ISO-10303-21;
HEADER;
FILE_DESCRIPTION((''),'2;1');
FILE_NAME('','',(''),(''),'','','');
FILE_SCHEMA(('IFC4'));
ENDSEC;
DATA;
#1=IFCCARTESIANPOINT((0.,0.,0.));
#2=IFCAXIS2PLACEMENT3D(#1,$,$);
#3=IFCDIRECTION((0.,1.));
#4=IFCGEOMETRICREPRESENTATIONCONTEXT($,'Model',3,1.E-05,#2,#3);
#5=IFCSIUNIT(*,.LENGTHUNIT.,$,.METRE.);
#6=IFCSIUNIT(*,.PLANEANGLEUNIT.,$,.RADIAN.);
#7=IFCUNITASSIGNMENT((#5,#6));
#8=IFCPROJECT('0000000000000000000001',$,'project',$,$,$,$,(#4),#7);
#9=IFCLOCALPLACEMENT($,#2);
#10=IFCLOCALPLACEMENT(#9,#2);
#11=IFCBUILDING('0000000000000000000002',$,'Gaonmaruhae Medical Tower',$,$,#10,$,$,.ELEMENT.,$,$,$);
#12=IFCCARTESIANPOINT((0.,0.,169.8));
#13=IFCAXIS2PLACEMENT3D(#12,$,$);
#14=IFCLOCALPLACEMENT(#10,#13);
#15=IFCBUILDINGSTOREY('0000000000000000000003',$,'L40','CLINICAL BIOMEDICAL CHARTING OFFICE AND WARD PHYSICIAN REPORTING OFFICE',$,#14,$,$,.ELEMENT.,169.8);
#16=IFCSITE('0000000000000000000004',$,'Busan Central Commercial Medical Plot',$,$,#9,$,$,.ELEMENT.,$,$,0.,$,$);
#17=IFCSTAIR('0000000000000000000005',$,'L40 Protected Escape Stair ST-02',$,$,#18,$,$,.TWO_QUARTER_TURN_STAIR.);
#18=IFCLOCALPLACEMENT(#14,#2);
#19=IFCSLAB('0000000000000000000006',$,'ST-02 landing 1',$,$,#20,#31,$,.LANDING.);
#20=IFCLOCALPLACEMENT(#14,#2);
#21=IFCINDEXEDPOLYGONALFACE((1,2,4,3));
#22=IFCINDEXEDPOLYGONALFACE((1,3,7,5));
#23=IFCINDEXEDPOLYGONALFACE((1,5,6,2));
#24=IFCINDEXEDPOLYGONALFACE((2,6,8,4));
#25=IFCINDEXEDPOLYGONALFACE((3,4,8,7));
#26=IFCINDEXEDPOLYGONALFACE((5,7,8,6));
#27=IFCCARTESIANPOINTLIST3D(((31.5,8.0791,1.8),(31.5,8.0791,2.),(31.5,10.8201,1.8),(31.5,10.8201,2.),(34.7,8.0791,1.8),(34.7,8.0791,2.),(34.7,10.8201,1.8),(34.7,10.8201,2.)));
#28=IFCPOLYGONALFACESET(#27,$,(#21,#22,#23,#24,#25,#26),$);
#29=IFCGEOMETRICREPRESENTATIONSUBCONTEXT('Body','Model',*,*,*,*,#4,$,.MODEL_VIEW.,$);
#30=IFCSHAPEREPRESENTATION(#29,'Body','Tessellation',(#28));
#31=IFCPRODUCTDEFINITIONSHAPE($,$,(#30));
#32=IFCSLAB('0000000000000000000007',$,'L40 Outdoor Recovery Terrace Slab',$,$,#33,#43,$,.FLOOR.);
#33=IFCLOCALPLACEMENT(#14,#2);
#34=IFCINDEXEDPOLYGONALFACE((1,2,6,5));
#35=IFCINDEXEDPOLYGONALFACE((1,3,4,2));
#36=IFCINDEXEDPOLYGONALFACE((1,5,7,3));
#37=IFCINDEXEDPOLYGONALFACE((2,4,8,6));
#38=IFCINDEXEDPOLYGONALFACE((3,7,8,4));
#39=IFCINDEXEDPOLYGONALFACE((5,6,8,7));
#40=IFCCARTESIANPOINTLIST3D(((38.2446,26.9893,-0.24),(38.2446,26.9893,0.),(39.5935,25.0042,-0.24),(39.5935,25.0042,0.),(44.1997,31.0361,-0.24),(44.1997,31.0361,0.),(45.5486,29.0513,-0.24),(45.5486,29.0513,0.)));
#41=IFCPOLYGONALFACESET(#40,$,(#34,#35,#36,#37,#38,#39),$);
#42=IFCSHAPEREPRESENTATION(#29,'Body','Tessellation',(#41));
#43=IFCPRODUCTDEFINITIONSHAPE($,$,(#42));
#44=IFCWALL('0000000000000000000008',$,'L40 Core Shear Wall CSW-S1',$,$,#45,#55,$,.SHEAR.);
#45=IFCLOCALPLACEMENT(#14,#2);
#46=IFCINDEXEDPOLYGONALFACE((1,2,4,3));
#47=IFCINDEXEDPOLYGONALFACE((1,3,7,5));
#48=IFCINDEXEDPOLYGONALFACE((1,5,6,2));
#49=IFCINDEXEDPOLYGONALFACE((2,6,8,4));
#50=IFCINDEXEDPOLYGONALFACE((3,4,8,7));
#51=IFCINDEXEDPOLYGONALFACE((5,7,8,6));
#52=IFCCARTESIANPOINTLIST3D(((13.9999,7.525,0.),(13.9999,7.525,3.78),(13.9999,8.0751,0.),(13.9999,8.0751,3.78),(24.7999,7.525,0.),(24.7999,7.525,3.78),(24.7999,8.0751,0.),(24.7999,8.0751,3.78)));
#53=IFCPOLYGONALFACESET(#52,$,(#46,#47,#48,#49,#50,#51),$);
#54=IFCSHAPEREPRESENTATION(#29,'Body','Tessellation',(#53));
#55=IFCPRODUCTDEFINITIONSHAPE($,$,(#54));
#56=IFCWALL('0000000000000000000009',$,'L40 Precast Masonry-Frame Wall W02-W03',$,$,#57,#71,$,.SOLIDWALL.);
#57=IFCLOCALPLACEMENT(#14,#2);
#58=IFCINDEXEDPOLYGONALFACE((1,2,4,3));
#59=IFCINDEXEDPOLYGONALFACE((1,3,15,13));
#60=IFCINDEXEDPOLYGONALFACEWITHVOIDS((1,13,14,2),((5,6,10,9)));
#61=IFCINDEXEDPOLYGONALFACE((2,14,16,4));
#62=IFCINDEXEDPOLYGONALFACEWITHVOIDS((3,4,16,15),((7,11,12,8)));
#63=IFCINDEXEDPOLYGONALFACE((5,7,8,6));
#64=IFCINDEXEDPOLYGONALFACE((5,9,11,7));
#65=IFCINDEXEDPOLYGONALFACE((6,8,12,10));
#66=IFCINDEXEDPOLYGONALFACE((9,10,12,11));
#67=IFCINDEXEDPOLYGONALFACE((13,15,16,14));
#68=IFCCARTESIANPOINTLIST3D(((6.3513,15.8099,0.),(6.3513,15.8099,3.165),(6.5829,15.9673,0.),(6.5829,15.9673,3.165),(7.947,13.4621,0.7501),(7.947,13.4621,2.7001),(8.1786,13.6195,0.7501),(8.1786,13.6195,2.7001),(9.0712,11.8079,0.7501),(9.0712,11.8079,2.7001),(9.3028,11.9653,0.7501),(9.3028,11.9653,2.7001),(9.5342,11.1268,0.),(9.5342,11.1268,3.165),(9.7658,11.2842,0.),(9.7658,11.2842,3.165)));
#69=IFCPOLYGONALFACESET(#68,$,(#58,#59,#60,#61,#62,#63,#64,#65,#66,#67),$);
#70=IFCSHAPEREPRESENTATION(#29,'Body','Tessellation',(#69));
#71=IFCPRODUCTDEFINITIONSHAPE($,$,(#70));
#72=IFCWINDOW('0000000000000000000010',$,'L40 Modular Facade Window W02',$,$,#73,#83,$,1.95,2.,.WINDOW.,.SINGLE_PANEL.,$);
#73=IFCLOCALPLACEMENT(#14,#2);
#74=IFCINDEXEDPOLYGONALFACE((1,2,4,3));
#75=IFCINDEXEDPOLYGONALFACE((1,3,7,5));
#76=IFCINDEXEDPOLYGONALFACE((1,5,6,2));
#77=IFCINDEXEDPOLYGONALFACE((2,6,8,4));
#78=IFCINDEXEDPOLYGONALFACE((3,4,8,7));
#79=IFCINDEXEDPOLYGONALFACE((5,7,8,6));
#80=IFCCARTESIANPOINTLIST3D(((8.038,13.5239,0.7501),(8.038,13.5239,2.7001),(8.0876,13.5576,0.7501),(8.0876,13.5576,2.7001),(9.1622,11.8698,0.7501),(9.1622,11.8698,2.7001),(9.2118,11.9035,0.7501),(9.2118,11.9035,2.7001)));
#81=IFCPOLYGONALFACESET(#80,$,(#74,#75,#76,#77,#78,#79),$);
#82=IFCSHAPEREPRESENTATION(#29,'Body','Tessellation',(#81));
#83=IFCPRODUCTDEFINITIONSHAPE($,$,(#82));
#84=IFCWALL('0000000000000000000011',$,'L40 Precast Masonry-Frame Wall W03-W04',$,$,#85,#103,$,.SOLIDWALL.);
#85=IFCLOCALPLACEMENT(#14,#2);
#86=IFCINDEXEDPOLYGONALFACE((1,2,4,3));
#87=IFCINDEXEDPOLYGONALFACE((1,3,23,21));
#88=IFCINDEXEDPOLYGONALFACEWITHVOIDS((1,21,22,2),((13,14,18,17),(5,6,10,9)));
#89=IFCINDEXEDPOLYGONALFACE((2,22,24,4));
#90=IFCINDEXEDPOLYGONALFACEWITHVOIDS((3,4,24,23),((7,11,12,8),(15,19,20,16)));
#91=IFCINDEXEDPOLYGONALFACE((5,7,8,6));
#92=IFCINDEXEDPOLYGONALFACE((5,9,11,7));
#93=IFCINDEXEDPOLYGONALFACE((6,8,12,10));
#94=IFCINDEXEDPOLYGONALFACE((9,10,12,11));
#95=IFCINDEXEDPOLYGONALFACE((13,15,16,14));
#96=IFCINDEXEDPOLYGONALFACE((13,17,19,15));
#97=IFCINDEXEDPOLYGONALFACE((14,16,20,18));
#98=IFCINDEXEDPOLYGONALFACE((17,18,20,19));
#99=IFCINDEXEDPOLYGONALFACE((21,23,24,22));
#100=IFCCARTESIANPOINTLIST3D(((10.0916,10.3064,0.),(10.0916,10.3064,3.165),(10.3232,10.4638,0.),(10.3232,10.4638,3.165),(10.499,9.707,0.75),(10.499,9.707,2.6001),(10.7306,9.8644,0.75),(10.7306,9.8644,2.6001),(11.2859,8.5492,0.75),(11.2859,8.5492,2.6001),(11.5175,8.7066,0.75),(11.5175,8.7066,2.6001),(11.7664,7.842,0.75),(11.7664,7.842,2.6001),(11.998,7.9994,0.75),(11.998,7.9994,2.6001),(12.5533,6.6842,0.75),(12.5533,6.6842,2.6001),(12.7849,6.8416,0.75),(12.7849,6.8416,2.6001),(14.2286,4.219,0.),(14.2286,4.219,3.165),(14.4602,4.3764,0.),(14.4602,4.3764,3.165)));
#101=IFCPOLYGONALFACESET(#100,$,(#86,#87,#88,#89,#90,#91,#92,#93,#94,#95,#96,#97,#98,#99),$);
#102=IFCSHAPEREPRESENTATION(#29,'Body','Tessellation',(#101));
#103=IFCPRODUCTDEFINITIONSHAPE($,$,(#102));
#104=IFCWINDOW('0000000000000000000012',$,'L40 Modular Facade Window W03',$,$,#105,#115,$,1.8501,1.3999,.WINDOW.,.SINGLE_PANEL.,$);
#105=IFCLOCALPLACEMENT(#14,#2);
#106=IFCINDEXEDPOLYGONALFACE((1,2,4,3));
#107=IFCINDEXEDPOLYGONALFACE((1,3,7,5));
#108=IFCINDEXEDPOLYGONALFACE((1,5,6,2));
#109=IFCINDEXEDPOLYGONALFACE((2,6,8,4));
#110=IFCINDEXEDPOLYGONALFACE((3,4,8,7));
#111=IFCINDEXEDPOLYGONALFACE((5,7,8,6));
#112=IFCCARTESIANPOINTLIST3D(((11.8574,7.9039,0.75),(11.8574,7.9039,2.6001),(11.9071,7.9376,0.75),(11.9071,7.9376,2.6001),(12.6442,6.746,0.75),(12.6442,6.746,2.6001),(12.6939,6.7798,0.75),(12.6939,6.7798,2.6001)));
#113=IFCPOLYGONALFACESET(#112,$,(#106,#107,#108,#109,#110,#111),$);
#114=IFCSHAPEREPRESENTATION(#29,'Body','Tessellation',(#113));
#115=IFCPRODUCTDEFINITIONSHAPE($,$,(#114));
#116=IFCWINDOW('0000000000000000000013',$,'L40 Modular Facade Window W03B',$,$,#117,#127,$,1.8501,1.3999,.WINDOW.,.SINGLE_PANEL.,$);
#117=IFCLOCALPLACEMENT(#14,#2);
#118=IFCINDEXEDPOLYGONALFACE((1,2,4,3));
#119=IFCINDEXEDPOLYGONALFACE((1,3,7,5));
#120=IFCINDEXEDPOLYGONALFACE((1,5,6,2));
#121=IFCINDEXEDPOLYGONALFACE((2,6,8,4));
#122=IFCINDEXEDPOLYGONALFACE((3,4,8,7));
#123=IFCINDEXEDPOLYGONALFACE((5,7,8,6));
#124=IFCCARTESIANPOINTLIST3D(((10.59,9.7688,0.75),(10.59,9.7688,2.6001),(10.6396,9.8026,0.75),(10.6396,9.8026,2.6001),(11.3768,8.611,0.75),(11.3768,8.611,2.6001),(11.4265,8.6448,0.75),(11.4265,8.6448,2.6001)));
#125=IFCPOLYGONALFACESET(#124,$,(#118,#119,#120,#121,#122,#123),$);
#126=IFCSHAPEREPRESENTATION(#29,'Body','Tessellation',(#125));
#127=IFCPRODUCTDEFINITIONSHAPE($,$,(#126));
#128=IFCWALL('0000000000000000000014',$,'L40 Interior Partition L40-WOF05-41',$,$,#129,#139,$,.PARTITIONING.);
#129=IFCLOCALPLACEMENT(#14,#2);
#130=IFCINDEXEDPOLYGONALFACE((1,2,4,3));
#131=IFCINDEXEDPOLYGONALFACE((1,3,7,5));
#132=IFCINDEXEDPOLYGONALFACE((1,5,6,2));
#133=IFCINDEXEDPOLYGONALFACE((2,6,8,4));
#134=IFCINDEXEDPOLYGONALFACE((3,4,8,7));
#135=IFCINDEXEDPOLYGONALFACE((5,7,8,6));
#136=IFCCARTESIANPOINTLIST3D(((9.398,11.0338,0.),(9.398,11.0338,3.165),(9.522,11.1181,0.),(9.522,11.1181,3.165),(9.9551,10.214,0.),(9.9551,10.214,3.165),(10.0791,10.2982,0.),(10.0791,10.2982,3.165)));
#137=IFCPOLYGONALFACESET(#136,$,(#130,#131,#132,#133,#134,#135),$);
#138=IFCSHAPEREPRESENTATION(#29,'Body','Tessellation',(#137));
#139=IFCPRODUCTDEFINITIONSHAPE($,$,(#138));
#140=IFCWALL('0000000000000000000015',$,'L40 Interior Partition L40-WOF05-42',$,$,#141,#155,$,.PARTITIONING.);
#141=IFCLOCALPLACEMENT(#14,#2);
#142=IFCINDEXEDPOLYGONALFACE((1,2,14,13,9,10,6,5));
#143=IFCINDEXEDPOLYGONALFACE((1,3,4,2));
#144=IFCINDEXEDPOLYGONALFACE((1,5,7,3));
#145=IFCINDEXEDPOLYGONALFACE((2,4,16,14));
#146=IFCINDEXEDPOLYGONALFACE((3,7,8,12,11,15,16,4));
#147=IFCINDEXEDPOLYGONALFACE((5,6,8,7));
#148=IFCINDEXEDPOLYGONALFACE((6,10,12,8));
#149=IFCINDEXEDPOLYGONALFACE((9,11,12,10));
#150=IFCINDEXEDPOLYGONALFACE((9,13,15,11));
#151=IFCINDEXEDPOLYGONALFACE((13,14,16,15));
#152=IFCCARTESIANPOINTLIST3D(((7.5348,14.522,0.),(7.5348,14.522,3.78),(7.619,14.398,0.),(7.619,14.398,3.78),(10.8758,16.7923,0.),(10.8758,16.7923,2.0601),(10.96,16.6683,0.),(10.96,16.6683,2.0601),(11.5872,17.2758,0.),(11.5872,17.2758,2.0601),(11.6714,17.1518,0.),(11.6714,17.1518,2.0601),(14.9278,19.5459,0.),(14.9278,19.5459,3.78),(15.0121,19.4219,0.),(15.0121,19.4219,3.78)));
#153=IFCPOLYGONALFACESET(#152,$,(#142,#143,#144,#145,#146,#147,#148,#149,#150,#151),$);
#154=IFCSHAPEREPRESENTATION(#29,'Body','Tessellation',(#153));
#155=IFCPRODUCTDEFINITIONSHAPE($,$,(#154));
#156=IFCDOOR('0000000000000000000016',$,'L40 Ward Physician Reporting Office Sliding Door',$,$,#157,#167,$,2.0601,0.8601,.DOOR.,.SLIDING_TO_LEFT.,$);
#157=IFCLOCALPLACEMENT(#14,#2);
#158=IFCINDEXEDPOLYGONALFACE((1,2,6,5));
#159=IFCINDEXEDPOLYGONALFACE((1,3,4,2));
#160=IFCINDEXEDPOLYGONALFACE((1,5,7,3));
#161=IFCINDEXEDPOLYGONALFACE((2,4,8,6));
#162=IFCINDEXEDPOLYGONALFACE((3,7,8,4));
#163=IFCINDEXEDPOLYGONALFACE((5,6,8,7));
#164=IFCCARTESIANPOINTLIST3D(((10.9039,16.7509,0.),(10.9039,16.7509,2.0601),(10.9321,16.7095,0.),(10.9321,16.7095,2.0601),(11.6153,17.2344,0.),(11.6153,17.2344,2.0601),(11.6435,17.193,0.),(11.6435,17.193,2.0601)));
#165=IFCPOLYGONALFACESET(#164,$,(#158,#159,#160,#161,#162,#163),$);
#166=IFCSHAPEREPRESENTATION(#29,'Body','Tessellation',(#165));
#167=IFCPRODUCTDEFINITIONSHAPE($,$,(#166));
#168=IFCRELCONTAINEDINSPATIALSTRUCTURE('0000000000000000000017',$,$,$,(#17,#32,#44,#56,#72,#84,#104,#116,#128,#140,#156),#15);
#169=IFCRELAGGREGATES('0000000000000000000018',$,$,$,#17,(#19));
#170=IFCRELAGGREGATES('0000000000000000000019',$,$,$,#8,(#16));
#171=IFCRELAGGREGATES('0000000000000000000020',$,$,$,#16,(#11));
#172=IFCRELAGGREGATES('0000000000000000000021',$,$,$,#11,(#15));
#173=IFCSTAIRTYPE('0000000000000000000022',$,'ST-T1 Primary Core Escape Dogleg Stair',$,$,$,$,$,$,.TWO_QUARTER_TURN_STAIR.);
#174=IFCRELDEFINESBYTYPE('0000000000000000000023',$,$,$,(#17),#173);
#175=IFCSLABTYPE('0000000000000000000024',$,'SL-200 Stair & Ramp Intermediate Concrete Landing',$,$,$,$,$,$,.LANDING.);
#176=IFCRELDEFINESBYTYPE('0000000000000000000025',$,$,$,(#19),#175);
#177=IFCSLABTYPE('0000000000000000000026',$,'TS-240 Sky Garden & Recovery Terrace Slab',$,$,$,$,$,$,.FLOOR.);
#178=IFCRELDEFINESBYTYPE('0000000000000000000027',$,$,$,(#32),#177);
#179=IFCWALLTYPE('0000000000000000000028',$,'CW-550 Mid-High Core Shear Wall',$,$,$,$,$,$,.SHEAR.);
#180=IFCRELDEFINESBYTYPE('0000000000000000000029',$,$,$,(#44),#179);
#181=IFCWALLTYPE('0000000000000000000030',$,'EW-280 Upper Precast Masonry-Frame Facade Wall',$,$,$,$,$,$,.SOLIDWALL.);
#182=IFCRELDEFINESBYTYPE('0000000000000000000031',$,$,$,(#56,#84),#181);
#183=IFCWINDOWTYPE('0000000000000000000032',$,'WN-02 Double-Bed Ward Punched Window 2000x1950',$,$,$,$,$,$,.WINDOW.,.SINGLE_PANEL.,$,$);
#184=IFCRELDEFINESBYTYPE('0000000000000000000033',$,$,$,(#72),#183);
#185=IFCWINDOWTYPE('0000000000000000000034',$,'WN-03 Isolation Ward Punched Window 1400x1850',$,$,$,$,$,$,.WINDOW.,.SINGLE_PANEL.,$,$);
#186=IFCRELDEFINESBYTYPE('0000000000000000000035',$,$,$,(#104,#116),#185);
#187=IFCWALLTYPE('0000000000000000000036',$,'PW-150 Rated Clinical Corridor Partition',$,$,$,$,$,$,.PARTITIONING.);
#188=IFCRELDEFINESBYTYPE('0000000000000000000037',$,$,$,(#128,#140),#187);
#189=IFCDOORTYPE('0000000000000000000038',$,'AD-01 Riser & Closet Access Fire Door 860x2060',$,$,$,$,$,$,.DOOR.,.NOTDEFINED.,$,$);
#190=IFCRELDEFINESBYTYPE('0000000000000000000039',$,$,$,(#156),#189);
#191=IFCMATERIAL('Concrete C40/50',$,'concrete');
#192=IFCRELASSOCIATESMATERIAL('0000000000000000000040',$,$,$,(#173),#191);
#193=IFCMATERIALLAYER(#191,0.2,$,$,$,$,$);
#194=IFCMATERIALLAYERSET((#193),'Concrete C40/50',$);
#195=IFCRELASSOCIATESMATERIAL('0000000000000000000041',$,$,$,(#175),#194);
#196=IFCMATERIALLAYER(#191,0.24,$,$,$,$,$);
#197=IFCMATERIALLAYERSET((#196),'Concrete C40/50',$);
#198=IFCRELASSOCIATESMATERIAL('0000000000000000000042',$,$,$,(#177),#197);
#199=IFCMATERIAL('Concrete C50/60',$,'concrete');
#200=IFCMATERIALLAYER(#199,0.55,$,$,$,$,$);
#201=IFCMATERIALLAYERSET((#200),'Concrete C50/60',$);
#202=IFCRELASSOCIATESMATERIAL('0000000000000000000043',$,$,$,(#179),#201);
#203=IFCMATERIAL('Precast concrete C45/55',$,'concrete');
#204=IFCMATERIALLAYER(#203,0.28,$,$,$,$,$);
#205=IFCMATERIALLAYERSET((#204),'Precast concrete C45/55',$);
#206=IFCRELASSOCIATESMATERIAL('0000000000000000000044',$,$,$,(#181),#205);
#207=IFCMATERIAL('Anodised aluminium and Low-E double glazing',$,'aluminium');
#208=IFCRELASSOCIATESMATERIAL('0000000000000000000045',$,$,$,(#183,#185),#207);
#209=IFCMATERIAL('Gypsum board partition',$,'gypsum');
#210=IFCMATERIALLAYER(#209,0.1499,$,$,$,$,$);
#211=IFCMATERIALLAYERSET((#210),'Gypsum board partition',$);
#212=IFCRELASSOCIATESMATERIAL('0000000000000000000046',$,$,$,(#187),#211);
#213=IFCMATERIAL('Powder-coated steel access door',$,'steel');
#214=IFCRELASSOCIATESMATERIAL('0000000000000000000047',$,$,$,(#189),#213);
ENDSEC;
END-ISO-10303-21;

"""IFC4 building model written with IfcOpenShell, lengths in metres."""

from ifc_helpers import new_model, si_unit, direction, frame, frame_2d, origin, place, context, subcontext, project, spatial, polyline, rectangle, outline, extrude, material, layer, layer_set, type_object, element, fill, aggregate, save


model = new_model("IFC4")

# Units and contexts
model_context = context("Model", 3, precision=1e-05, world=origin(), true_north=direction((0.0, 1.0)))
body_context = subcontext(model_context, "Body", "Model", "MODEL_VIEW")
ifc_project = project(units=[si_unit("LENGTHUNIT", "METRE"), si_unit("PLANEANGLEUNIT", "RADIAN")], contexts=[model_context])

# Site, building, storey
site_placement = place(None, origin())
site = spatial("IfcSite", under=ifc_project, at=site_placement, Name="Busan Central Commercial Medical Plot", CompositionType="ELEMENT", RefElevation=0.0)
building_placement = place(site_placement, origin())
building = spatial("IfcBuilding", under=site, at=building_placement, Name="Gaonmaruhae Medical Tower", CompositionType="ELEMENT")
storey_placement = place(building_placement, frame((0.0, 0.0, 169.8)))
storey = spatial("IfcBuildingStorey", under=building, at=storey_placement, Name="L40", Description="CLINICAL BIOMEDICAL CHARTING OFFICE AND WARD PHYSICIAN REPORTING OFFICE", CompositionType="ELEMENT", Elevation=169.8)

# Shared definitions
ifc_material_1 = material(Name="Concrete C50/60", Category="concrete")

# Shared definitions
ifc_material_2 = material(Name="Concrete C40/50", Category="concrete")

# Stair, slab
stair_type = type_object("IfcStairType", Name="ST-T1 Primary Core Escape Dogleg Stair", PredefinedType="TWO_QUARTER_TURN_STAIR", material=ifc_material_2)
ifc_layer_1 = layer(ifc_material_2, 0.2)
ifc_layer_set_1 = layer_set([ifc_layer_1], Name="Concrete C40/50")
slab_type_1 = type_object("IfcSlabType", Name="SL-200 Stair & Ramp Intermediate Concrete Landing", PredefinedType="LANDING", material=ifc_layer_set_1)
stair_1_placement = place(storey_placement, origin())
stair_1 = element("IfcStair", 1, at=stair_1_placement, inside=storey, type_object=stair_type, Name="L40 Protected Escape Stair ST-02", PredefinedType="TWO_QUARTER_TURN_STAIR")
slab_1_placement = place(storey_placement, frame((0.0, 0.0, 1.8)))
slab_1 = element("IfcSlab", 2, at=slab_1_placement, type_object=slab_type_1, Name="ST-02 landing 1", PredefinedType="LANDING", context=body_context, shape_type="SweptSolid", body=[
    extrude(outline(polyline([(31.5, 10.8201), (31.5, 8.0791), (34.7, 8.0791), (34.7, 10.8201), (31.5, 10.8201)])), origin(), (0.0, 0.0, 1.0), 0.2),
])
aggregate(stair_1, [slab_1])

# Slab
ifc_layer_2 = layer(ifc_material_2, 0.24)
ifc_layer_set_2 = layer_set([ifc_layer_2], Name="Concrete C40/50")
slab_type_2 = type_object("IfcSlabType", Name="TS-240 Sky Garden & Recovery Terrace Slab", PredefinedType="FLOOR", material=ifc_layer_set_2)
slab_2_placement = place(storey_placement, frame((0.0, 0.0, -0.24)))
element("IfcSlab", 3, at=slab_2_placement, inside=storey, type_object=slab_type_2, Name="L40 Outdoor Recovery Terrace Slab", PredefinedType="FLOOR", context=body_context, shape_type="SweptSolid", body=[
    extrude(outline(polyline([(39.5935, 25.0042), (45.5486, 29.0513), (44.1997, 31.0361), (38.2446, 26.9893), (39.5935, 25.0042)])), origin(), (0.0, 0.0, 1.0), 0.24),
])

# Wall
ifc_layer_3 = layer(ifc_material_1, 0.55)
ifc_layer_set_3 = layer_set([ifc_layer_3], Name="Concrete C50/60")
wall_type_1 = type_object("IfcWallType", Name="CW-550 Mid-High Core Shear Wall", PredefinedType="SHEAR", material=ifc_layer_set_3)
wall_1_placement = place(storey_placement, frame((14.0, 7.8, 0.0), z_axis=(0.0, 0.0, 1.0), x_axis=(1.0, 0.0, 0.0)))
element("IfcWall", 4, at=wall_1_placement, inside=storey, type_object=wall_type_1, Name="L40 Core Shear Wall CSW-S1", PredefinedType="SHEAR", context=body_context, shape_type="SweptSolid", body=[
    extrude(rectangle(XDim=10.8, YDim=0.55, at=frame_2d((5.3999, 0.0))), origin(), (0.0, 0.0, 1.0), 3.78),
])

# Wall, opening, window
ifc_material_3 = material(Name="Precast concrete C45/55", Category="concrete")
ifc_layer_4 = layer(ifc_material_3, 0.28)
ifc_layer_set_4 = layer_set([ifc_layer_4], Name="Precast concrete C45/55")
wall_type_2 = type_object("IfcWallType", Name="EW-280 Upper Precast Masonry-Frame Facade Wall", PredefinedType="SOLIDWALL", material=ifc_layer_set_4)
wall_2_placement = place(storey_placement, frame((9.6499, 11.2056, 0.0), z_axis=(0.0, 0.0, 1.0), x_axis=(-0.562111, 0.827062, 0.0)))
wall_2 = element("IfcWall", 5, at=wall_2_placement, inside=storey, type_object=wall_type_2, Name="L40 Precast Masonry-Frame Wall W02-W03", PredefinedType="SOLIDWALL", context=body_context, shape_type="SweptSolid", body=[
    extrude(rectangle(XDim=5.6624, YDim=0.28, at=frame_2d((2.8311, 0.0))), origin(), (0.0, 0.0, 1.0), 3.165),
])
opening_1_placement = place(wall_2_placement, frame((0.8235, 0.0, 0.75)))
opening_1 = element("IfcOpeningElement", 6, at=opening_1_placement, cuts=wall_2, PredefinedType="OPENING", context=body_context, shape_type="SweptSolid", body=[
    extrude(rectangle(XDim=2.0, YDim=1.95, at=frame_2d((1.0, 0.9751))), frame((0.0, 0.1499, 0.0), z_axis=(0.0, -1.0, 0.0), x_axis=(1.0, 0.0, 0.0)), (0.0, 0.0, 1.0), 0.3),
])
ifc_material_4 = material(Name="Anodised aluminium and Low-E double glazing", Category="aluminium")
window_type_1 = type_object("IfcWindowType", Name="WN-02 Double-Bed Ward Punched Window 2000x1950", PartitioningType="SINGLE_PANEL", PredefinedType="WINDOW", material=ifc_material_4)
window_1_placement = place(opening_1_placement, origin())
window_1 = element("IfcWindow", 7, at=window_1_placement, inside=storey, type_object=window_type_1, Name="L40 Modular Facade Window W02", OverallHeight=1.95, OverallWidth=2.0, PartitioningType="SINGLE_PANEL", PredefinedType="WINDOW", context=body_context, shape_type="SweptSolid", body=[
    extrude(rectangle(XDim=2.0, YDim=1.95, at=frame_2d((1.0, 0.9751))), frame((0.0, 0.03, 0.0), z_axis=(0.0, -1.0, 0.0), x_axis=(1.0, 0.0, 0.0)), (0.0, 0.0, 1.0), 0.0601),
])
fill(opening_1, window_1)

# Wall, openings, windows
wall_3_placement = place(storey_placement, frame((14.3445, 4.2976, 0.0), z_axis=(0.0, 0.0, 1.0), x_axis=(-0.56208, 0.827083, 0.0)))
wall_3 = element("IfcWall", 8, at=wall_3_placement, inside=storey, type_object=wall_type_2, Name="L40 Precast Masonry-Frame Wall W03-W04", PredefinedType="SOLIDWALL", context=body_context, shape_type="SweptSolid", body=[
    extrude(rectangle(XDim=7.3601, YDim=0.28, at=frame_2d((3.6802, 0.0))), origin(), (0.0, 0.0, 1.0), 3.165),
])
opening_2_placement = place(wall_3_placement, frame((2.9807, 0.0, 0.75)))
opening_2 = element("IfcOpeningElement", 9, at=opening_2_placement, cuts=wall_3, PredefinedType="OPENING", context=body_context, shape_type="SweptSolid", body=[
    extrude(rectangle(XDim=1.3999, YDim=1.8501, at=frame_2d((0.7, 0.925))), frame((0.0, 0.1499, 0.0), z_axis=(0.0, -1.0, 0.0), x_axis=(1.0, 0.0, 0.0)), (0.0, 0.0, 1.0), 0.3),
])
opening_3_placement = place(wall_3_placement, frame((5.2356, 0.0, 0.75)))
opening_3 = element("IfcOpeningElement", 10, at=opening_3_placement, cuts=wall_3, PredefinedType="OPENING", context=body_context, shape_type="SweptSolid", body=[
    extrude(rectangle(XDim=1.3999, YDim=1.8501, at=frame_2d((0.7, 0.925))), frame((0.0, 0.1499, 0.0), z_axis=(0.0, -1.0, 0.0), x_axis=(1.0, 0.0, 0.0)), (0.0, 0.0, 1.0), 0.3),
])
window_type_2 = type_object("IfcWindowType", Name="WN-03 Isolation Ward Punched Window 1400x1850", PartitioningType="SINGLE_PANEL", PredefinedType="WINDOW", material=ifc_material_4)
window_2_placement = place(opening_2_placement, origin())
window_2 = element("IfcWindow", 11, at=window_2_placement, inside=storey, type_object=window_type_2, Name="L40 Modular Facade Window W03", OverallHeight=1.8501, OverallWidth=1.3999, PartitioningType="SINGLE_PANEL", PredefinedType="WINDOW", context=body_context, shape_type="SweptSolid", body=[
    extrude(rectangle(XDim=1.3999, YDim=1.8501, at=frame_2d((0.7, 0.925))), frame((0.0, 0.03, 0.0), z_axis=(0.0, -1.0, 0.0), x_axis=(1.0, 0.0, 0.0)), (0.0, 0.0, 1.0), 0.0601),
])
fill(opening_2, window_2)
window_3_placement = place(opening_3_placement, origin())
window_3 = element("IfcWindow", 12, at=window_3_placement, inside=storey, type_object=window_type_2, Name="L40 Modular Facade Window W03B", OverallHeight=1.8501, OverallWidth=1.3999, PartitioningType="SINGLE_PANEL", PredefinedType="WINDOW", context=body_context, shape_type="SweptSolid", body=[
    extrude(rectangle(XDim=1.3999, YDim=1.8501, at=frame_2d((0.7, 0.925))), frame((0.0, 0.03, 0.0), z_axis=(0.0, -1.0, 0.0), x_axis=(1.0, 0.0, 0.0)), (0.0, 0.0, 1.0), 0.0601),
])
fill(opening_3, window_3)

# Wall
ifc_material_5 = material(Name="Gypsum board partition", Category="gypsum")
ifc_layer_5 = layer(ifc_material_5, 0.1499)
ifc_layer_set_5 = layer_set([ifc_layer_5], Name="Gypsum board partition")
wall_type_3 = type_object("IfcWallType", Name="PW-150 Rated Clinical Corridor Partition", PredefinedType="PARTITIONING", material=ifc_layer_set_5)
wall_4_placement = place(storey_placement, frame((10.0171, 10.2561, 0.0), z_axis=(0.0, 0.0, 1.0), x_axis=(-0.562067, 0.827091, 0.0)))
element("IfcWall", 13, at=wall_4_placement, inside=storey, type_object=wall_type_3, Name="L40 Interior Partition L40-WOF05-41", PredefinedType="PARTITIONING", context=body_context, shape_type="SweptSolid", body=[
    extrude(rectangle(XDim=0.9912, YDim=0.1499, at=frame_2d((0.4956, 0.0))), origin(), (0.0, 0.0, 1.0), 3.165),
])

# Wall, opening, door
wall_5_placement = place(storey_placement, frame((7.5769, 14.46, 0.0), z_axis=(0.0, 0.0, 1.0), x_axis=(0.827101, 0.562053, 0.0)))
wall_5 = element("IfcWall", 14, at=wall_5_placement, inside=storey, type_object=wall_type_3, Name="L40 Interior Partition L40-WOF05-42", PredefinedType="PARTITIONING", context=body_context, shape_type="SweptSolid", body=[
    extrude(rectangle(XDim=8.9385, YDim=0.1499, at=frame_2d((4.4692, 0.0))), origin(), (0.0, 0.0, 1.0), 3.78),
])
opening_4_placement = place(wall_5_placement, frame((4.0393, 0.0, 0.0)))
opening_4 = element("IfcOpeningElement", 15, at=opening_4_placement, cuts=wall_5, PredefinedType="OPENING", context=body_context, shape_type="SweptSolid", body=[
    extrude(rectangle(XDim=0.8601, YDim=2.0601, at=frame_2d((0.4302, 1.03))), frame((0.0, 0.085, 0.0), z_axis=(0.0, -1.0, 0.0), x_axis=(1.0, 0.0, 0.0)), (0.0, 0.0, 1.0), 0.1699),
])
ifc_material_6 = material(Name="Powder-coated steel access door", Category="steel")
door_type = type_object("IfcDoorType", Name="AD-01 Riser & Closet Access Fire Door 860x2060", OperationType="NOTDEFINED", PredefinedType="DOOR", material=ifc_material_6)
door_placement = place(opening_4_placement, origin())
door = element("IfcDoor", 16, at=door_placement, inside=storey, type_object=door_type, Name="L40 Ward Physician Reporting Office Sliding Door", OperationType="SLIDING_TO_LEFT", OverallHeight=2.0601, OverallWidth=0.8601, PredefinedType="DOOR", context=body_context, shape_type="SweptSolid", body=[
    extrude(rectangle(XDim=0.8601, YDim=2.0601, at=frame_2d((0.4302, 1.03))), frame((0.0, 0.0249, 0.0), z_axis=(0.0, -1.0, 0.0), x_axis=(1.0, 0.0, 0.0)), (0.0, 0.0, 1.0), 0.05),
])
fill(opening_4, door)

save(model, "model.ifc")
